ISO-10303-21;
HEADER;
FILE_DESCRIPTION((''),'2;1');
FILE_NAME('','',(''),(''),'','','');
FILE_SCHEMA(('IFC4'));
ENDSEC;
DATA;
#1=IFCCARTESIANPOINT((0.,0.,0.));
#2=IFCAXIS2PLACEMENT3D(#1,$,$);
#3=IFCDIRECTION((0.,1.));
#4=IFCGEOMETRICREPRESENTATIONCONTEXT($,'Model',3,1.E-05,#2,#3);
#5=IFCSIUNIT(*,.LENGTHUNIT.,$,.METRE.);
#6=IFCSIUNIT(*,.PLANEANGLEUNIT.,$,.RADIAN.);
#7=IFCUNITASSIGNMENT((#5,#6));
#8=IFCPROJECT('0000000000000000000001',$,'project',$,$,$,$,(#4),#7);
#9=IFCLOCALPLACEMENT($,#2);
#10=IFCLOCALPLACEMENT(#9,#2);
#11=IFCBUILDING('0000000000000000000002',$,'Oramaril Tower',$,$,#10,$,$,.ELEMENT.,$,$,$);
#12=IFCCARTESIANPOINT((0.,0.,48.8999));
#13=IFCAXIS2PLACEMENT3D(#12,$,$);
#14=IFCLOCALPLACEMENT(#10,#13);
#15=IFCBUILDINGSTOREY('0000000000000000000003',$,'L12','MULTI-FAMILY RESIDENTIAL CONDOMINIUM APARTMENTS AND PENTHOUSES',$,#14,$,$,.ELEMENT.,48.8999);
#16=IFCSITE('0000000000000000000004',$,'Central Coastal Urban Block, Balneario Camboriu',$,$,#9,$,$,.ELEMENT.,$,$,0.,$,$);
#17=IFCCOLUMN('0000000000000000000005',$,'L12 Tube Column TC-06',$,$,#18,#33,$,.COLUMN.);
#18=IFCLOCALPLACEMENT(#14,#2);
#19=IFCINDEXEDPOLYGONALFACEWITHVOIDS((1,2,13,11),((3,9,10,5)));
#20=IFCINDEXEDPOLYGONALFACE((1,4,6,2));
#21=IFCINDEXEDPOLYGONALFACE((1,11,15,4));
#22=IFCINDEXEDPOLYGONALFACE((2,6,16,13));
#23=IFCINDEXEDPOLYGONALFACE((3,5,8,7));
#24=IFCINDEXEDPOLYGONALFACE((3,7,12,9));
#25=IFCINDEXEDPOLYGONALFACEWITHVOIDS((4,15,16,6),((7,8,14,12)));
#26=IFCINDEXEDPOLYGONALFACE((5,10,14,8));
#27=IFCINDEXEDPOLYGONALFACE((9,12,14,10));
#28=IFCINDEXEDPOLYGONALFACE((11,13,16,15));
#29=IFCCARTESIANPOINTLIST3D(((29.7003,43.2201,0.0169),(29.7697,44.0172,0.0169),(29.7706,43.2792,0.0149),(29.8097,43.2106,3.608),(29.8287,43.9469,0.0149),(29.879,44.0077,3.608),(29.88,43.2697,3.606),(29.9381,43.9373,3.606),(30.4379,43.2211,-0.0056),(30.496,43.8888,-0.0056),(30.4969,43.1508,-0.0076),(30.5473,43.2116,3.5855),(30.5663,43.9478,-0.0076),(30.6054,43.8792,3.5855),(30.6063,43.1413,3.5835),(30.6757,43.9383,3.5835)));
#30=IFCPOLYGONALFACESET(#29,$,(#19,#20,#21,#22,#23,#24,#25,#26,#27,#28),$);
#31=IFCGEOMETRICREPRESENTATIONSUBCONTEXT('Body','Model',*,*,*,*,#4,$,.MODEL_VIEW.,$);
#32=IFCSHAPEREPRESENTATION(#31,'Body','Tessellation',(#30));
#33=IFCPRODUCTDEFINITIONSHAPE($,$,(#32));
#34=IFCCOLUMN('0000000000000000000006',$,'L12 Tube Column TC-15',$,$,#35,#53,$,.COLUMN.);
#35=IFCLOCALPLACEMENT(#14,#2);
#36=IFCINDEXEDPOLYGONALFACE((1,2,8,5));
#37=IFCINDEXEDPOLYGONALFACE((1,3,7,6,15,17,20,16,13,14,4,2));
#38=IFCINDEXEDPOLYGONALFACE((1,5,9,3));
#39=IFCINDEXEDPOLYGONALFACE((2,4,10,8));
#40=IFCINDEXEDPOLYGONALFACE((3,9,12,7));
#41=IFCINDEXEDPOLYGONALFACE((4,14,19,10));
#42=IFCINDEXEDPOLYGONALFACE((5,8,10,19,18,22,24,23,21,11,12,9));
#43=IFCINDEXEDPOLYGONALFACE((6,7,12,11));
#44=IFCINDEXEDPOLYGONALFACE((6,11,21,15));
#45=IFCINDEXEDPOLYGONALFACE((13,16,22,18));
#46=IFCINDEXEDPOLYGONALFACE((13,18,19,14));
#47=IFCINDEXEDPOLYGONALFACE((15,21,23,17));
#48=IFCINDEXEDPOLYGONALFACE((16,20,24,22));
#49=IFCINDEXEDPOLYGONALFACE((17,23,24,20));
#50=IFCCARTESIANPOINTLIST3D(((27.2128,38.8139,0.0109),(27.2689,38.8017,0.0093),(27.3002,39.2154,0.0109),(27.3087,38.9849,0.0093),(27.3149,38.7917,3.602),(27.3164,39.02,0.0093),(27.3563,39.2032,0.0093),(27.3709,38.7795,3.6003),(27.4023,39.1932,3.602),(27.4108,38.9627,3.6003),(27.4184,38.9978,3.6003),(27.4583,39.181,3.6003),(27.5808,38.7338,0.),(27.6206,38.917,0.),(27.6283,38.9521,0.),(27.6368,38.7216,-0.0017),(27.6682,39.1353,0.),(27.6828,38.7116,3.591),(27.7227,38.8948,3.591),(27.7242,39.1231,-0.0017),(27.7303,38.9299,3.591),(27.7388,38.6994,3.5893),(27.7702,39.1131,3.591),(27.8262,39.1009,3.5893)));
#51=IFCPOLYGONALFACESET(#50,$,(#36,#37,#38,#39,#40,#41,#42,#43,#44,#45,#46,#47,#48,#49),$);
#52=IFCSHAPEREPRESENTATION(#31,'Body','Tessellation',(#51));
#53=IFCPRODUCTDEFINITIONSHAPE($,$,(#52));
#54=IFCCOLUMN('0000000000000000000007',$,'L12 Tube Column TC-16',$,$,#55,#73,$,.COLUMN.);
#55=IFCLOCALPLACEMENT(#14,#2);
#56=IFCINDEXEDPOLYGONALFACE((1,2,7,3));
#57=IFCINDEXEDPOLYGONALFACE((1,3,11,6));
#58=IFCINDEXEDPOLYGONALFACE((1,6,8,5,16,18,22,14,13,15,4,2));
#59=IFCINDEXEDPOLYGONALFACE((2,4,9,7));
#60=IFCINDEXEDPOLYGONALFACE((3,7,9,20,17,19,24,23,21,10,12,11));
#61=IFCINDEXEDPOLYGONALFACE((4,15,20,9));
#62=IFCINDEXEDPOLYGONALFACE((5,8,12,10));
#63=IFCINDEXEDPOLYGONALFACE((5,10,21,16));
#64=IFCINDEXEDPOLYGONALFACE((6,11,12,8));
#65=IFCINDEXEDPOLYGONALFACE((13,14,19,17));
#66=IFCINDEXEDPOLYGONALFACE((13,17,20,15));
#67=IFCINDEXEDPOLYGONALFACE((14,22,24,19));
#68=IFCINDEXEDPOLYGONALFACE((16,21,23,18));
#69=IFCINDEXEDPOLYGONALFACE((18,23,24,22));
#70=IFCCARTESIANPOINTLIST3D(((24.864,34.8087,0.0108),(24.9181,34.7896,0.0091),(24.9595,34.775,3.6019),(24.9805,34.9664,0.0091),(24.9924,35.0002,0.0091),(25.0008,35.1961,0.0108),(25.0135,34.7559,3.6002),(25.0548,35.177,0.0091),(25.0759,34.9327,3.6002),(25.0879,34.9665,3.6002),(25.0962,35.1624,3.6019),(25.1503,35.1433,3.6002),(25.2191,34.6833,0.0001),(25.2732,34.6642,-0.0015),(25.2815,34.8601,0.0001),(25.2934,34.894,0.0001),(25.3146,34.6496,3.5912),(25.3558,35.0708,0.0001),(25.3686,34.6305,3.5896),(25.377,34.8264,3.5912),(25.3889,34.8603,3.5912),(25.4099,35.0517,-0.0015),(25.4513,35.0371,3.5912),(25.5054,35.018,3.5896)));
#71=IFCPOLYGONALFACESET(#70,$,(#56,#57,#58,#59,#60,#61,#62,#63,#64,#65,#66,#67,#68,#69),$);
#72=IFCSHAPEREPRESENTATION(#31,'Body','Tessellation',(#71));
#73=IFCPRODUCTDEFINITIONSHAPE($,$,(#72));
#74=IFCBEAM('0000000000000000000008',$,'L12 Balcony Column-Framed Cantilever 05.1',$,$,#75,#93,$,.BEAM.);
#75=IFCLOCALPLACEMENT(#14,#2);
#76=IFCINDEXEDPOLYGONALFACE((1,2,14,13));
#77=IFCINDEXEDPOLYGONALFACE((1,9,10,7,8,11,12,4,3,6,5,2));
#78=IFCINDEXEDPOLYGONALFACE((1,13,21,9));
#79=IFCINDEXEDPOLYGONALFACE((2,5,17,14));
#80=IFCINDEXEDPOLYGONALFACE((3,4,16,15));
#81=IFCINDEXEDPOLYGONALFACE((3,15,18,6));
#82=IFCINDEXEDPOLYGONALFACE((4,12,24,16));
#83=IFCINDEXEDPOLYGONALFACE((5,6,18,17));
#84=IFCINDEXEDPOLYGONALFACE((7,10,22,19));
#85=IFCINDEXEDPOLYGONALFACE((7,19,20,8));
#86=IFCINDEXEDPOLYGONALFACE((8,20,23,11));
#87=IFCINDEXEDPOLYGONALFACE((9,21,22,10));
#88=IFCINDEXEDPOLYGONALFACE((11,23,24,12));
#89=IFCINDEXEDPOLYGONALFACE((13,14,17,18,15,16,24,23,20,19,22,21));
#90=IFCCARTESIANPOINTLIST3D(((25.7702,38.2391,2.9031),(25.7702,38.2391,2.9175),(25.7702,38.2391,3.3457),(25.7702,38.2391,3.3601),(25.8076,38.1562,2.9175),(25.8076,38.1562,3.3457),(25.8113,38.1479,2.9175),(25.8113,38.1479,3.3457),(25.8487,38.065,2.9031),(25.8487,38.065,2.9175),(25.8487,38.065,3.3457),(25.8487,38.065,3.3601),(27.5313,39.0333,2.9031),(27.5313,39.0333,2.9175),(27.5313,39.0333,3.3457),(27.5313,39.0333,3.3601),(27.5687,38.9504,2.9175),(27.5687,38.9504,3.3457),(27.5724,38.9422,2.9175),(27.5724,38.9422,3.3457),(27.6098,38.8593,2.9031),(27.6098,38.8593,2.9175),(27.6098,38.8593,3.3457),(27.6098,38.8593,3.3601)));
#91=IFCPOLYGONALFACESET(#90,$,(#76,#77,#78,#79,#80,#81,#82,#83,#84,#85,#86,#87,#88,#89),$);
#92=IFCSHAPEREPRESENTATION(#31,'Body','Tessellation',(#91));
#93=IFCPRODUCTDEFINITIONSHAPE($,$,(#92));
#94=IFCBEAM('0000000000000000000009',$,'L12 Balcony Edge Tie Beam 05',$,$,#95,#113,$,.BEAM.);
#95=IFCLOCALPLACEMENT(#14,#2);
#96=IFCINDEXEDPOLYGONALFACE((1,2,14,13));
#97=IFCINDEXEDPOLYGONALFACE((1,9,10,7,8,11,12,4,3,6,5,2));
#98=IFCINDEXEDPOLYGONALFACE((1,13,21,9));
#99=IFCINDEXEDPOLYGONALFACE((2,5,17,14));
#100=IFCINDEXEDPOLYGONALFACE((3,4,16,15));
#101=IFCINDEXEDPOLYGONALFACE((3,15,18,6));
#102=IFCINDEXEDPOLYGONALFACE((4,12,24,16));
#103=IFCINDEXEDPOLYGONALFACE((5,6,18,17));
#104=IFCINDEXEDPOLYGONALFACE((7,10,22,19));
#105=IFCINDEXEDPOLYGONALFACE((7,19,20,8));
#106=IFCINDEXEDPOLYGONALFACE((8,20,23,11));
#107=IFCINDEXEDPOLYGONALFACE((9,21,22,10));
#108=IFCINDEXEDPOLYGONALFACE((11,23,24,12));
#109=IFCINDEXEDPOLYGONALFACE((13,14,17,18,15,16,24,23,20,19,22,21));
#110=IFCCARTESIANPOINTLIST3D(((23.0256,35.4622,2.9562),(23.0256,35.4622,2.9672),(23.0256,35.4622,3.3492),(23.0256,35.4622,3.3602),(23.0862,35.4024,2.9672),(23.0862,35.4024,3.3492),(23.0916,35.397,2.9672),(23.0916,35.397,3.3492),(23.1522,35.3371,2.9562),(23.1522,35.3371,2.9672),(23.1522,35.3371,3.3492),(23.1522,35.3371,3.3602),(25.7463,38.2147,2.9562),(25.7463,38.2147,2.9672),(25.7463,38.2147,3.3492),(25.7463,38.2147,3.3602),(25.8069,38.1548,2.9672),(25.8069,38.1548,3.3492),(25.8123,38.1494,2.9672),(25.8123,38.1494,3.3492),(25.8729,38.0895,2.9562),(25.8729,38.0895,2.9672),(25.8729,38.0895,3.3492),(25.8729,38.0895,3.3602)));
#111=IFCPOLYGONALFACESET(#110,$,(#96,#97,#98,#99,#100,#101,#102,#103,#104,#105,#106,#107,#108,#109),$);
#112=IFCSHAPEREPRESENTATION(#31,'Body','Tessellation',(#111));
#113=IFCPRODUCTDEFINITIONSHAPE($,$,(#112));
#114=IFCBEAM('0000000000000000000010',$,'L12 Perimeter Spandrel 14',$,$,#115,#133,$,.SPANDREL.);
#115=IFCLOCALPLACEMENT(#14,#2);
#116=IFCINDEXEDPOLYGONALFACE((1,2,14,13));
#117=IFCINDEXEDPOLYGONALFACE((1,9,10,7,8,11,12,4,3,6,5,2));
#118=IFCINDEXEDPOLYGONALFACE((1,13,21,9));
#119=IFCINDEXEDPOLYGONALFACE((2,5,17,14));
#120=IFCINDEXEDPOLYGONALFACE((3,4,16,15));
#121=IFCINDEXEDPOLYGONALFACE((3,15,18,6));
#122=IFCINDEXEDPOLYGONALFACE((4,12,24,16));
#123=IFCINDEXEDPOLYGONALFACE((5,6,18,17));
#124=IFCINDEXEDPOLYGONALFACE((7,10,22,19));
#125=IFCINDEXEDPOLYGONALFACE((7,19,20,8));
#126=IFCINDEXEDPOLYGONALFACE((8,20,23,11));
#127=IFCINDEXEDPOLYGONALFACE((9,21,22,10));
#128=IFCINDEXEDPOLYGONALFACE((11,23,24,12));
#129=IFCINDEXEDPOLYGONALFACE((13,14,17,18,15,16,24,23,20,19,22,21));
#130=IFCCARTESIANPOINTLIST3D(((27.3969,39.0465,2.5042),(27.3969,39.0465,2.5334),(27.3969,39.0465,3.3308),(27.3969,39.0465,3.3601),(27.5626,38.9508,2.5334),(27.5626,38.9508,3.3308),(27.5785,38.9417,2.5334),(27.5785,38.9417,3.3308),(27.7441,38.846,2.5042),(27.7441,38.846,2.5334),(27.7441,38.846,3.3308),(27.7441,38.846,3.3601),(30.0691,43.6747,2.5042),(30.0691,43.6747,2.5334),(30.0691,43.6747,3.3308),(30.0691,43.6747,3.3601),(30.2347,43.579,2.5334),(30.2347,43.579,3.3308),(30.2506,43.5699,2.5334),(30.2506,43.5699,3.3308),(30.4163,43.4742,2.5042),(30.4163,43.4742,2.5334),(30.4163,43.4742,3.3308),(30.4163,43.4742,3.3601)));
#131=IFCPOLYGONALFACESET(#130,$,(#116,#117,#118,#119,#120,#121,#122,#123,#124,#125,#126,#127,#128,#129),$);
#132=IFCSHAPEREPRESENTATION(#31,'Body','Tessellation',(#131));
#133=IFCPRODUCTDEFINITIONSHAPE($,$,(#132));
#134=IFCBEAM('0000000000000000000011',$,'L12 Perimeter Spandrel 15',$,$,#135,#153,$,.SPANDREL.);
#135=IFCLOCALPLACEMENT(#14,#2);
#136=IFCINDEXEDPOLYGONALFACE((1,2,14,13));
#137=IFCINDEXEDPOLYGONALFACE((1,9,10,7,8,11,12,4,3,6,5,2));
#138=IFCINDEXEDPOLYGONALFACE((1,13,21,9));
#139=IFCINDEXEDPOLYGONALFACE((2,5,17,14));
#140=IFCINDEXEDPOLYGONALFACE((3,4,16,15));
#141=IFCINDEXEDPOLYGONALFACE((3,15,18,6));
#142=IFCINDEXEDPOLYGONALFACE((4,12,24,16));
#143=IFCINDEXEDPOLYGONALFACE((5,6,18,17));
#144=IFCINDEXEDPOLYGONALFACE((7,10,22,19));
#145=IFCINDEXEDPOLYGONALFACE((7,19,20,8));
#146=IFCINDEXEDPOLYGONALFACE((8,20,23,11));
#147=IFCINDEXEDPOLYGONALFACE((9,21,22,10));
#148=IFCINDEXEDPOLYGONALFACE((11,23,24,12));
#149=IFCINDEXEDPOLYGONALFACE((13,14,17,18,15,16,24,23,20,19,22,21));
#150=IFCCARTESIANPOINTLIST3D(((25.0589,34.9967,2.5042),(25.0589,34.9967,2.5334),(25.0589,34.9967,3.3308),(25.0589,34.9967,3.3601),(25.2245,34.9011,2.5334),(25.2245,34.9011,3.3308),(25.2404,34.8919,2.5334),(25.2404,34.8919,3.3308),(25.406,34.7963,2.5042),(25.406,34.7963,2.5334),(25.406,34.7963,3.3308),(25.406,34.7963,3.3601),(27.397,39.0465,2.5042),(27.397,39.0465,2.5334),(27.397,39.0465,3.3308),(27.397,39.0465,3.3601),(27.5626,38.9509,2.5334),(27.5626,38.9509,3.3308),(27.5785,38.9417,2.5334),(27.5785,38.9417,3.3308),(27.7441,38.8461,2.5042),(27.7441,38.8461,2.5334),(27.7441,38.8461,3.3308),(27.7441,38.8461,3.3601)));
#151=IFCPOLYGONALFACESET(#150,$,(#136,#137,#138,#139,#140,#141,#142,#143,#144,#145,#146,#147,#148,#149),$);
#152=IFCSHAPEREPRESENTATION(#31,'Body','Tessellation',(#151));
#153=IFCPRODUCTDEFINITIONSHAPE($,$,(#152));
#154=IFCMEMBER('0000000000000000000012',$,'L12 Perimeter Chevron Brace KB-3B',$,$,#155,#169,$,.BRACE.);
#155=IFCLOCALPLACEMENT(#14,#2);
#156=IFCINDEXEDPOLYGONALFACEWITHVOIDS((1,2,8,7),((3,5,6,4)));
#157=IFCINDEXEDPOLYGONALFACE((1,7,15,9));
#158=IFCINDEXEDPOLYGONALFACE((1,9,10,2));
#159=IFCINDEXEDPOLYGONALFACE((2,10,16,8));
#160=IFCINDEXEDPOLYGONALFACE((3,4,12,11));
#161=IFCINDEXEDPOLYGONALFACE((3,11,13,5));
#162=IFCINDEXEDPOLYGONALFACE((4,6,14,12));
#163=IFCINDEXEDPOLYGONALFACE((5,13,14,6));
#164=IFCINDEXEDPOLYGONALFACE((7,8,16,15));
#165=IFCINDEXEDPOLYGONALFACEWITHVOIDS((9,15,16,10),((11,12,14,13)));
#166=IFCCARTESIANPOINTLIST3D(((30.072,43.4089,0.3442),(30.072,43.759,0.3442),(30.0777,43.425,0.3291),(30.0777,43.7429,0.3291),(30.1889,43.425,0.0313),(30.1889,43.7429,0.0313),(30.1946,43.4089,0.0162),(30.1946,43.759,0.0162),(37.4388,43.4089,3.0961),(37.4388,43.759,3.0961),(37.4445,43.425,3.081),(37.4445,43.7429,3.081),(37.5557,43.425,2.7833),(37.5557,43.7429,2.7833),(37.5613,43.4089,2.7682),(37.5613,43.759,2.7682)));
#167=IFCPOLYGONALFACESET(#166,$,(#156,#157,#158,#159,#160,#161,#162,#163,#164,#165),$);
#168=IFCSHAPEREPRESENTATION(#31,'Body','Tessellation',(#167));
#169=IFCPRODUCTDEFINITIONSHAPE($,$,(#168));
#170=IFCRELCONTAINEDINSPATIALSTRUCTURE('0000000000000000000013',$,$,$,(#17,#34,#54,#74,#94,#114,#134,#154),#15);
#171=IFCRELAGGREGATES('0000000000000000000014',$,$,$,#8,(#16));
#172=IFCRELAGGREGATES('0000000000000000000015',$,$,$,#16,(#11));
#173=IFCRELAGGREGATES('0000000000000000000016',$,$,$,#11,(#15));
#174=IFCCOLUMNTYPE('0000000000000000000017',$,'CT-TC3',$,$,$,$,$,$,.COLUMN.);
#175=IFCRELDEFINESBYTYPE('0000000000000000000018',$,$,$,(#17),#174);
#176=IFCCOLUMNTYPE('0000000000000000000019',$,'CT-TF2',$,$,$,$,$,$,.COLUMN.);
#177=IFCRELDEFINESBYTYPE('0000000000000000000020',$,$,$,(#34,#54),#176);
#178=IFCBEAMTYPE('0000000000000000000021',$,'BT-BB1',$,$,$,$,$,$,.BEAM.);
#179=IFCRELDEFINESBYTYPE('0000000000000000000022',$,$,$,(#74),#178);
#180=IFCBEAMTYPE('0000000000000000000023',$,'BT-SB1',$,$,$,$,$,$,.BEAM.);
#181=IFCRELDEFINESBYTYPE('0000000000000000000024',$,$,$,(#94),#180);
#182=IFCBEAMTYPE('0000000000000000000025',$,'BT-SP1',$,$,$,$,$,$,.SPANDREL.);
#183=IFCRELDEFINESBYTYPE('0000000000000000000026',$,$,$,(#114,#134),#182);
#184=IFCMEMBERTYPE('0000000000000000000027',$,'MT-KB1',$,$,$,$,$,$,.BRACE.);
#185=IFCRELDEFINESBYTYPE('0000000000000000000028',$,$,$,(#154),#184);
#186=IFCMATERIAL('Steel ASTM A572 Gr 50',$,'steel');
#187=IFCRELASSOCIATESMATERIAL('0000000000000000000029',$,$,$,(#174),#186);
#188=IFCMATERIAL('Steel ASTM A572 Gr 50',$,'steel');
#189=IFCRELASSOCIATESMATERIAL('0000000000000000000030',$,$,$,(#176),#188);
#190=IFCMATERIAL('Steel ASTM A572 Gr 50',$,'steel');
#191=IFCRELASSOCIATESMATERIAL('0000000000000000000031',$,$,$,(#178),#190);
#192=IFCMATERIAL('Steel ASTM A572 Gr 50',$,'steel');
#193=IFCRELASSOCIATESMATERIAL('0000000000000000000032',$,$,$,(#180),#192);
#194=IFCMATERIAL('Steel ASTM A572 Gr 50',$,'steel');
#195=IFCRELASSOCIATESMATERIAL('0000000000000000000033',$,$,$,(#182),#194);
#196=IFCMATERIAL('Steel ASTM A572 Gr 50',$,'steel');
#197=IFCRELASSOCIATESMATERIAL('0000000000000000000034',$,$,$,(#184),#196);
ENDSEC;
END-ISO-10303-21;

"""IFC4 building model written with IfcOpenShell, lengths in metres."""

from ifc_helpers import new_model, si_unit, direction, frame, origin, origin_2d, place, context, subcontext, project, spatial, hollow_rectangle, i_section, extrude, material, material_profile, profile_set, type_object, element, save


model = new_model("IFC4")

# Units and contexts
model_context = context("Model", 3, precision=1e-05, world=origin(), true_north=direction((0.0, 1.0)))
body_context = subcontext(model_context, "Body", "Model", "MODEL_VIEW")
ifc_project = project(units=[si_unit("LENGTHUNIT", "METRE"), si_unit("PLANEANGLEUNIT", "RADIAN")], contexts=[model_context])

# Site, building, storey
site_placement = place(None, origin())
site = spatial("IfcSite", under=ifc_project, at=site_placement, Name="Central Coastal Urban Block, Balneario Camboriu", CompositionType="ELEMENT", RefElevation=0.0)
building_placement = place(site_placement, origin())
building = spatial("IfcBuilding", under=site, at=building_placement, Name="Oramaril Tower", CompositionType="ELEMENT")
storey_placement = place(building_placement, frame((0.0, 0.0, 48.8999)))
storey = spatial("IfcBuildingStorey", under=building, at=storey_placement, Name="L12", Description="MULTI-FAMILY RESIDENTIAL CONDOMINIUM APARTMENTS AND PENTHOUSES", CompositionType="ELEMENT", Elevation=48.8999)

# Columns
ifc_material_1 = material(Name="Steel ASTM A572 Gr 50", Category="steel")
ifc_material_profile_1 = material_profile(ifc_material_1, hollow_rectangle(XDim=0.8, YDim=0.8, WallThickness=0.0649, at=origin_2d()), Name="BOX800X800X65")
ifc_profile_set_1 = profile_set([ifc_material_profile_1], Name="Steel ASTM A572 Gr 50")
column_type_1 = type_object("IfcColumnType", Name="CT-TC3", PredefinedType="COLUMN", material=ifc_profile_set_1)
column_placement = place(storey_placement, frame((30.1333, 43.584, 0.0046), z_axis=(0.030443, -0.00265, 0.999533), x_axis=(0.086726, 0.996232, 0.0)))
element("IfcColumn", 1, at=column_placement, inside=storey, type_object=column_type_1, Name="L12 Tube Column TC-06", PredefinedType="COLUMN", context=body_context, shape_type="SweptSolid", body=[
    extrude(hollow_rectangle(XDim=0.8, YDim=0.8, WallThickness=0.0649, at=origin_2d()), origin(), (0.0, 0.0, 1.0), 3.5928),
])
ifc_material_2 = material(Name="Steel ASTM A572 Gr 50", Category="steel")
ifc_material_profile_2 = material_profile(ifc_material_2, i_section(OverallWidth=0.4109, OverallDepth=0.4341, WebThickness=0.0359, FlangeThickness=0.0574, at=origin_2d()), Name="W14X311")
ifc_profile_set_2 = profile_set([ifc_material_profile_2], Name="Steel ASTM A572 Gr 50")
column_type_2 = type_object("IfcColumnType", Name="CT-TF2", PredefinedType="COLUMN", material=ifc_profile_set_2)
for number, where, z_axis, x_axis, name in (
    (2, (27.4685, 38.9685, 0.0046), (0.028406, -0.006184, 0.999577), (0.212721, 0.977113, 0.0), "L12 Tube Column TC-15"),
    (3, (25.137, 34.9302, 0.0046), (0.026572, -0.009378, 0.999603), (0.33282, 0.94299, 0.0), "L12 Tube Column TC-16"),
):
    element("IfcColumn", number, at=place(storey_placement, frame(where, z_axis=z_axis, x_axis=x_axis)), inside=storey, type_object=column_type_2, Name=name, PredefinedType="COLUMN", context=body_context, shape_type="SweptSolid", body=[
        extrude(i_section(OverallWidth=0.4109, OverallDepth=0.4341, WebThickness=0.0359, FlangeThickness=0.0574, at=origin_2d()), origin(), (0.0, 0.0, 1.0), 3.5925),
    ])

# Beams
ifc_material_3 = material(Name="Steel ASTM A572 Gr 50", Category="steel")
ifc_material_profile_3 = material_profile(ifc_material_3, i_section(OverallWidth=0.1909, OverallDepth=0.457, WebThickness=0.009, FlangeThickness=0.0144, at=origin_2d()), Name="W18X50")
ifc_profile_set_3 = profile_set([ifc_material_profile_3], Name="Steel ASTM A572 Gr 50")
beam_type_1 = type_object("IfcBeamType", Name="BT-BB1", PredefinedType="BEAM", material=ifc_profile_set_3)
beam_1_placement = place(storey_placement, frame((27.5706, 38.9463, 3.1316), z_axis=(-0.911583, -0.411116, 0.0), x_axis=(0.411116, -0.911583, 0.0)))
element("IfcBeam", 4, at=beam_1_placement, inside=storey, type_object=beam_type_1, Name="L12 Balcony Column-Framed Cantilever 05.1", PredefinedType="BEAM", context=body_context, shape_type="SweptSolid", body=[
    extrude(i_section(OverallWidth=0.1909, OverallDepth=0.457, WebThickness=0.009, FlangeThickness=0.0144, at=origin_2d()), origin(), (0.0, 0.0, 1.0), 1.9319),
])
ifc_material_4 = material(Name="Steel ASTM A572 Gr 50", Category="steel")
ifc_material_profile_4 = material_profile(ifc_material_4, i_section(OverallWidth=0.178, OverallDepth=0.4041, WebThickness=0.0076, FlangeThickness=0.011, at=origin_2d()), Name="W16X36")
ifc_profile_set_4 = profile_set([ifc_material_profile_4], Name="Steel ASTM A572 Gr 50")
beam_type_2 = type_object("IfcBeamType", Name="BT-SB1", PredefinedType="BEAM", material=ifc_profile_set_4)
beam_2_placement = place(storey_placement, frame((25.8096, 38.1521, 3.1582), z_axis=(-0.702995, -0.711195, 0.0), x_axis=(0.711195, -0.702995, 0.0)))
element("IfcBeam", 5, at=beam_2_placement, inside=storey, type_object=beam_type_2, Name="L12 Balcony Edge Tie Beam 05", PredefinedType="BEAM", context=body_context, shape_type="SweptSolid", body=[
    extrude(i_section(OverallWidth=0.178, OverallDepth=0.4041, WebThickness=0.0076, FlangeThickness=0.011, at=origin_2d()), origin(), (0.0, 0.0, 1.0), 3.8701),
])
ifc_material_5 = material(Name="Steel ASTM A572 Gr 50", Category="steel")
ifc_material_profile_5 = material_profile(ifc_material_5, i_section(OverallWidth=0.4009, OverallDepth=0.856, WebThickness=0.0183, FlangeThickness=0.0293, at=origin_2d()), Name="W33X201")
ifc_profile_set_5 = profile_set([ifc_material_profile_5], Name="Steel ASTM A572 Gr 50")
beam_type_3 = type_object("IfcBeamType", Name="BT-SP1", PredefinedType="SPANDREL", material=ifc_profile_set_5)
beam_3_placement = place(storey_placement, frame((30.2427, 43.5745, 2.9321), z_axis=(-0.500006, -0.866022, 0.0), x_axis=(0.866022, -0.500006, 0.0)))
element("IfcBeam", 6, at=beam_3_placement, inside=storey, type_object=beam_type_3, Name="L12 Perimeter Spandrel 14", PredefinedType="SPANDREL", context=body_context, shape_type="SweptSolid", body=[
    extrude(i_section(OverallWidth=0.4009, OverallDepth=0.856, WebThickness=0.0183, FlangeThickness=0.0293, at=origin_2d()), origin(), (0.0, 0.0, 1.0), 5.3442),
])
beam_4_placement = place(storey_placement, frame((27.5706, 38.9463, 2.9321), z_axis=(-0.499997, -0.866027, 0.0), x_axis=(0.866027, -0.499997, 0.0)))
element("IfcBeam", 7, at=beam_4_placement, inside=storey, type_object=beam_type_3, Name="L12 Perimeter Spandrel 15", PredefinedType="SPANDREL", context=body_context, shape_type="SweptSolid", body=[
    extrude(i_section(OverallWidth=0.4009, OverallDepth=0.856, WebThickness=0.0183, FlangeThickness=0.0293, at=origin_2d()), origin(), (0.0, 0.0, 1.0), 4.6763),
])

# Member
ifc_material_6 = material(Name="Steel ASTM A572 Gr 50", Category="steel")
ifc_material_profile_6 = material_profile(ifc_material_6, hollow_rectangle(XDim=0.3501, YDim=0.3501, WallThickness=0.0161, at=origin_2d()), Name="HSS350X350X16")
ifc_profile_set_6 = profile_set([ifc_material_profile_6], Name="Steel ASTM A572 Gr 50")
member_type = type_object("IfcMemberType", Name="MT-KB1", PredefinedType="BRACE", material=ifc_profile_set_6)
member_placement = place(storey_placement, frame((30.1333, 43.584, 0.1802), z_axis=(0.93677, 0.0, 0.349946), x_axis=(0.0, 1.0, 0.0)))
element("IfcMember", 8, at=member_placement, inside=storey, type_object=member_type, Name="L12 Perimeter Chevron Brace KB-3B", PredefinedType="BRACE", context=body_context, shape_type="SweptSolid", body=[
    extrude(hollow_rectangle(XDim=0.3501, YDim=0.3501, WallThickness=0.0161, at=origin_2d()), origin(), (0.0, 0.0, 1.0), 7.864),
])

save(model, "model.ifc")
